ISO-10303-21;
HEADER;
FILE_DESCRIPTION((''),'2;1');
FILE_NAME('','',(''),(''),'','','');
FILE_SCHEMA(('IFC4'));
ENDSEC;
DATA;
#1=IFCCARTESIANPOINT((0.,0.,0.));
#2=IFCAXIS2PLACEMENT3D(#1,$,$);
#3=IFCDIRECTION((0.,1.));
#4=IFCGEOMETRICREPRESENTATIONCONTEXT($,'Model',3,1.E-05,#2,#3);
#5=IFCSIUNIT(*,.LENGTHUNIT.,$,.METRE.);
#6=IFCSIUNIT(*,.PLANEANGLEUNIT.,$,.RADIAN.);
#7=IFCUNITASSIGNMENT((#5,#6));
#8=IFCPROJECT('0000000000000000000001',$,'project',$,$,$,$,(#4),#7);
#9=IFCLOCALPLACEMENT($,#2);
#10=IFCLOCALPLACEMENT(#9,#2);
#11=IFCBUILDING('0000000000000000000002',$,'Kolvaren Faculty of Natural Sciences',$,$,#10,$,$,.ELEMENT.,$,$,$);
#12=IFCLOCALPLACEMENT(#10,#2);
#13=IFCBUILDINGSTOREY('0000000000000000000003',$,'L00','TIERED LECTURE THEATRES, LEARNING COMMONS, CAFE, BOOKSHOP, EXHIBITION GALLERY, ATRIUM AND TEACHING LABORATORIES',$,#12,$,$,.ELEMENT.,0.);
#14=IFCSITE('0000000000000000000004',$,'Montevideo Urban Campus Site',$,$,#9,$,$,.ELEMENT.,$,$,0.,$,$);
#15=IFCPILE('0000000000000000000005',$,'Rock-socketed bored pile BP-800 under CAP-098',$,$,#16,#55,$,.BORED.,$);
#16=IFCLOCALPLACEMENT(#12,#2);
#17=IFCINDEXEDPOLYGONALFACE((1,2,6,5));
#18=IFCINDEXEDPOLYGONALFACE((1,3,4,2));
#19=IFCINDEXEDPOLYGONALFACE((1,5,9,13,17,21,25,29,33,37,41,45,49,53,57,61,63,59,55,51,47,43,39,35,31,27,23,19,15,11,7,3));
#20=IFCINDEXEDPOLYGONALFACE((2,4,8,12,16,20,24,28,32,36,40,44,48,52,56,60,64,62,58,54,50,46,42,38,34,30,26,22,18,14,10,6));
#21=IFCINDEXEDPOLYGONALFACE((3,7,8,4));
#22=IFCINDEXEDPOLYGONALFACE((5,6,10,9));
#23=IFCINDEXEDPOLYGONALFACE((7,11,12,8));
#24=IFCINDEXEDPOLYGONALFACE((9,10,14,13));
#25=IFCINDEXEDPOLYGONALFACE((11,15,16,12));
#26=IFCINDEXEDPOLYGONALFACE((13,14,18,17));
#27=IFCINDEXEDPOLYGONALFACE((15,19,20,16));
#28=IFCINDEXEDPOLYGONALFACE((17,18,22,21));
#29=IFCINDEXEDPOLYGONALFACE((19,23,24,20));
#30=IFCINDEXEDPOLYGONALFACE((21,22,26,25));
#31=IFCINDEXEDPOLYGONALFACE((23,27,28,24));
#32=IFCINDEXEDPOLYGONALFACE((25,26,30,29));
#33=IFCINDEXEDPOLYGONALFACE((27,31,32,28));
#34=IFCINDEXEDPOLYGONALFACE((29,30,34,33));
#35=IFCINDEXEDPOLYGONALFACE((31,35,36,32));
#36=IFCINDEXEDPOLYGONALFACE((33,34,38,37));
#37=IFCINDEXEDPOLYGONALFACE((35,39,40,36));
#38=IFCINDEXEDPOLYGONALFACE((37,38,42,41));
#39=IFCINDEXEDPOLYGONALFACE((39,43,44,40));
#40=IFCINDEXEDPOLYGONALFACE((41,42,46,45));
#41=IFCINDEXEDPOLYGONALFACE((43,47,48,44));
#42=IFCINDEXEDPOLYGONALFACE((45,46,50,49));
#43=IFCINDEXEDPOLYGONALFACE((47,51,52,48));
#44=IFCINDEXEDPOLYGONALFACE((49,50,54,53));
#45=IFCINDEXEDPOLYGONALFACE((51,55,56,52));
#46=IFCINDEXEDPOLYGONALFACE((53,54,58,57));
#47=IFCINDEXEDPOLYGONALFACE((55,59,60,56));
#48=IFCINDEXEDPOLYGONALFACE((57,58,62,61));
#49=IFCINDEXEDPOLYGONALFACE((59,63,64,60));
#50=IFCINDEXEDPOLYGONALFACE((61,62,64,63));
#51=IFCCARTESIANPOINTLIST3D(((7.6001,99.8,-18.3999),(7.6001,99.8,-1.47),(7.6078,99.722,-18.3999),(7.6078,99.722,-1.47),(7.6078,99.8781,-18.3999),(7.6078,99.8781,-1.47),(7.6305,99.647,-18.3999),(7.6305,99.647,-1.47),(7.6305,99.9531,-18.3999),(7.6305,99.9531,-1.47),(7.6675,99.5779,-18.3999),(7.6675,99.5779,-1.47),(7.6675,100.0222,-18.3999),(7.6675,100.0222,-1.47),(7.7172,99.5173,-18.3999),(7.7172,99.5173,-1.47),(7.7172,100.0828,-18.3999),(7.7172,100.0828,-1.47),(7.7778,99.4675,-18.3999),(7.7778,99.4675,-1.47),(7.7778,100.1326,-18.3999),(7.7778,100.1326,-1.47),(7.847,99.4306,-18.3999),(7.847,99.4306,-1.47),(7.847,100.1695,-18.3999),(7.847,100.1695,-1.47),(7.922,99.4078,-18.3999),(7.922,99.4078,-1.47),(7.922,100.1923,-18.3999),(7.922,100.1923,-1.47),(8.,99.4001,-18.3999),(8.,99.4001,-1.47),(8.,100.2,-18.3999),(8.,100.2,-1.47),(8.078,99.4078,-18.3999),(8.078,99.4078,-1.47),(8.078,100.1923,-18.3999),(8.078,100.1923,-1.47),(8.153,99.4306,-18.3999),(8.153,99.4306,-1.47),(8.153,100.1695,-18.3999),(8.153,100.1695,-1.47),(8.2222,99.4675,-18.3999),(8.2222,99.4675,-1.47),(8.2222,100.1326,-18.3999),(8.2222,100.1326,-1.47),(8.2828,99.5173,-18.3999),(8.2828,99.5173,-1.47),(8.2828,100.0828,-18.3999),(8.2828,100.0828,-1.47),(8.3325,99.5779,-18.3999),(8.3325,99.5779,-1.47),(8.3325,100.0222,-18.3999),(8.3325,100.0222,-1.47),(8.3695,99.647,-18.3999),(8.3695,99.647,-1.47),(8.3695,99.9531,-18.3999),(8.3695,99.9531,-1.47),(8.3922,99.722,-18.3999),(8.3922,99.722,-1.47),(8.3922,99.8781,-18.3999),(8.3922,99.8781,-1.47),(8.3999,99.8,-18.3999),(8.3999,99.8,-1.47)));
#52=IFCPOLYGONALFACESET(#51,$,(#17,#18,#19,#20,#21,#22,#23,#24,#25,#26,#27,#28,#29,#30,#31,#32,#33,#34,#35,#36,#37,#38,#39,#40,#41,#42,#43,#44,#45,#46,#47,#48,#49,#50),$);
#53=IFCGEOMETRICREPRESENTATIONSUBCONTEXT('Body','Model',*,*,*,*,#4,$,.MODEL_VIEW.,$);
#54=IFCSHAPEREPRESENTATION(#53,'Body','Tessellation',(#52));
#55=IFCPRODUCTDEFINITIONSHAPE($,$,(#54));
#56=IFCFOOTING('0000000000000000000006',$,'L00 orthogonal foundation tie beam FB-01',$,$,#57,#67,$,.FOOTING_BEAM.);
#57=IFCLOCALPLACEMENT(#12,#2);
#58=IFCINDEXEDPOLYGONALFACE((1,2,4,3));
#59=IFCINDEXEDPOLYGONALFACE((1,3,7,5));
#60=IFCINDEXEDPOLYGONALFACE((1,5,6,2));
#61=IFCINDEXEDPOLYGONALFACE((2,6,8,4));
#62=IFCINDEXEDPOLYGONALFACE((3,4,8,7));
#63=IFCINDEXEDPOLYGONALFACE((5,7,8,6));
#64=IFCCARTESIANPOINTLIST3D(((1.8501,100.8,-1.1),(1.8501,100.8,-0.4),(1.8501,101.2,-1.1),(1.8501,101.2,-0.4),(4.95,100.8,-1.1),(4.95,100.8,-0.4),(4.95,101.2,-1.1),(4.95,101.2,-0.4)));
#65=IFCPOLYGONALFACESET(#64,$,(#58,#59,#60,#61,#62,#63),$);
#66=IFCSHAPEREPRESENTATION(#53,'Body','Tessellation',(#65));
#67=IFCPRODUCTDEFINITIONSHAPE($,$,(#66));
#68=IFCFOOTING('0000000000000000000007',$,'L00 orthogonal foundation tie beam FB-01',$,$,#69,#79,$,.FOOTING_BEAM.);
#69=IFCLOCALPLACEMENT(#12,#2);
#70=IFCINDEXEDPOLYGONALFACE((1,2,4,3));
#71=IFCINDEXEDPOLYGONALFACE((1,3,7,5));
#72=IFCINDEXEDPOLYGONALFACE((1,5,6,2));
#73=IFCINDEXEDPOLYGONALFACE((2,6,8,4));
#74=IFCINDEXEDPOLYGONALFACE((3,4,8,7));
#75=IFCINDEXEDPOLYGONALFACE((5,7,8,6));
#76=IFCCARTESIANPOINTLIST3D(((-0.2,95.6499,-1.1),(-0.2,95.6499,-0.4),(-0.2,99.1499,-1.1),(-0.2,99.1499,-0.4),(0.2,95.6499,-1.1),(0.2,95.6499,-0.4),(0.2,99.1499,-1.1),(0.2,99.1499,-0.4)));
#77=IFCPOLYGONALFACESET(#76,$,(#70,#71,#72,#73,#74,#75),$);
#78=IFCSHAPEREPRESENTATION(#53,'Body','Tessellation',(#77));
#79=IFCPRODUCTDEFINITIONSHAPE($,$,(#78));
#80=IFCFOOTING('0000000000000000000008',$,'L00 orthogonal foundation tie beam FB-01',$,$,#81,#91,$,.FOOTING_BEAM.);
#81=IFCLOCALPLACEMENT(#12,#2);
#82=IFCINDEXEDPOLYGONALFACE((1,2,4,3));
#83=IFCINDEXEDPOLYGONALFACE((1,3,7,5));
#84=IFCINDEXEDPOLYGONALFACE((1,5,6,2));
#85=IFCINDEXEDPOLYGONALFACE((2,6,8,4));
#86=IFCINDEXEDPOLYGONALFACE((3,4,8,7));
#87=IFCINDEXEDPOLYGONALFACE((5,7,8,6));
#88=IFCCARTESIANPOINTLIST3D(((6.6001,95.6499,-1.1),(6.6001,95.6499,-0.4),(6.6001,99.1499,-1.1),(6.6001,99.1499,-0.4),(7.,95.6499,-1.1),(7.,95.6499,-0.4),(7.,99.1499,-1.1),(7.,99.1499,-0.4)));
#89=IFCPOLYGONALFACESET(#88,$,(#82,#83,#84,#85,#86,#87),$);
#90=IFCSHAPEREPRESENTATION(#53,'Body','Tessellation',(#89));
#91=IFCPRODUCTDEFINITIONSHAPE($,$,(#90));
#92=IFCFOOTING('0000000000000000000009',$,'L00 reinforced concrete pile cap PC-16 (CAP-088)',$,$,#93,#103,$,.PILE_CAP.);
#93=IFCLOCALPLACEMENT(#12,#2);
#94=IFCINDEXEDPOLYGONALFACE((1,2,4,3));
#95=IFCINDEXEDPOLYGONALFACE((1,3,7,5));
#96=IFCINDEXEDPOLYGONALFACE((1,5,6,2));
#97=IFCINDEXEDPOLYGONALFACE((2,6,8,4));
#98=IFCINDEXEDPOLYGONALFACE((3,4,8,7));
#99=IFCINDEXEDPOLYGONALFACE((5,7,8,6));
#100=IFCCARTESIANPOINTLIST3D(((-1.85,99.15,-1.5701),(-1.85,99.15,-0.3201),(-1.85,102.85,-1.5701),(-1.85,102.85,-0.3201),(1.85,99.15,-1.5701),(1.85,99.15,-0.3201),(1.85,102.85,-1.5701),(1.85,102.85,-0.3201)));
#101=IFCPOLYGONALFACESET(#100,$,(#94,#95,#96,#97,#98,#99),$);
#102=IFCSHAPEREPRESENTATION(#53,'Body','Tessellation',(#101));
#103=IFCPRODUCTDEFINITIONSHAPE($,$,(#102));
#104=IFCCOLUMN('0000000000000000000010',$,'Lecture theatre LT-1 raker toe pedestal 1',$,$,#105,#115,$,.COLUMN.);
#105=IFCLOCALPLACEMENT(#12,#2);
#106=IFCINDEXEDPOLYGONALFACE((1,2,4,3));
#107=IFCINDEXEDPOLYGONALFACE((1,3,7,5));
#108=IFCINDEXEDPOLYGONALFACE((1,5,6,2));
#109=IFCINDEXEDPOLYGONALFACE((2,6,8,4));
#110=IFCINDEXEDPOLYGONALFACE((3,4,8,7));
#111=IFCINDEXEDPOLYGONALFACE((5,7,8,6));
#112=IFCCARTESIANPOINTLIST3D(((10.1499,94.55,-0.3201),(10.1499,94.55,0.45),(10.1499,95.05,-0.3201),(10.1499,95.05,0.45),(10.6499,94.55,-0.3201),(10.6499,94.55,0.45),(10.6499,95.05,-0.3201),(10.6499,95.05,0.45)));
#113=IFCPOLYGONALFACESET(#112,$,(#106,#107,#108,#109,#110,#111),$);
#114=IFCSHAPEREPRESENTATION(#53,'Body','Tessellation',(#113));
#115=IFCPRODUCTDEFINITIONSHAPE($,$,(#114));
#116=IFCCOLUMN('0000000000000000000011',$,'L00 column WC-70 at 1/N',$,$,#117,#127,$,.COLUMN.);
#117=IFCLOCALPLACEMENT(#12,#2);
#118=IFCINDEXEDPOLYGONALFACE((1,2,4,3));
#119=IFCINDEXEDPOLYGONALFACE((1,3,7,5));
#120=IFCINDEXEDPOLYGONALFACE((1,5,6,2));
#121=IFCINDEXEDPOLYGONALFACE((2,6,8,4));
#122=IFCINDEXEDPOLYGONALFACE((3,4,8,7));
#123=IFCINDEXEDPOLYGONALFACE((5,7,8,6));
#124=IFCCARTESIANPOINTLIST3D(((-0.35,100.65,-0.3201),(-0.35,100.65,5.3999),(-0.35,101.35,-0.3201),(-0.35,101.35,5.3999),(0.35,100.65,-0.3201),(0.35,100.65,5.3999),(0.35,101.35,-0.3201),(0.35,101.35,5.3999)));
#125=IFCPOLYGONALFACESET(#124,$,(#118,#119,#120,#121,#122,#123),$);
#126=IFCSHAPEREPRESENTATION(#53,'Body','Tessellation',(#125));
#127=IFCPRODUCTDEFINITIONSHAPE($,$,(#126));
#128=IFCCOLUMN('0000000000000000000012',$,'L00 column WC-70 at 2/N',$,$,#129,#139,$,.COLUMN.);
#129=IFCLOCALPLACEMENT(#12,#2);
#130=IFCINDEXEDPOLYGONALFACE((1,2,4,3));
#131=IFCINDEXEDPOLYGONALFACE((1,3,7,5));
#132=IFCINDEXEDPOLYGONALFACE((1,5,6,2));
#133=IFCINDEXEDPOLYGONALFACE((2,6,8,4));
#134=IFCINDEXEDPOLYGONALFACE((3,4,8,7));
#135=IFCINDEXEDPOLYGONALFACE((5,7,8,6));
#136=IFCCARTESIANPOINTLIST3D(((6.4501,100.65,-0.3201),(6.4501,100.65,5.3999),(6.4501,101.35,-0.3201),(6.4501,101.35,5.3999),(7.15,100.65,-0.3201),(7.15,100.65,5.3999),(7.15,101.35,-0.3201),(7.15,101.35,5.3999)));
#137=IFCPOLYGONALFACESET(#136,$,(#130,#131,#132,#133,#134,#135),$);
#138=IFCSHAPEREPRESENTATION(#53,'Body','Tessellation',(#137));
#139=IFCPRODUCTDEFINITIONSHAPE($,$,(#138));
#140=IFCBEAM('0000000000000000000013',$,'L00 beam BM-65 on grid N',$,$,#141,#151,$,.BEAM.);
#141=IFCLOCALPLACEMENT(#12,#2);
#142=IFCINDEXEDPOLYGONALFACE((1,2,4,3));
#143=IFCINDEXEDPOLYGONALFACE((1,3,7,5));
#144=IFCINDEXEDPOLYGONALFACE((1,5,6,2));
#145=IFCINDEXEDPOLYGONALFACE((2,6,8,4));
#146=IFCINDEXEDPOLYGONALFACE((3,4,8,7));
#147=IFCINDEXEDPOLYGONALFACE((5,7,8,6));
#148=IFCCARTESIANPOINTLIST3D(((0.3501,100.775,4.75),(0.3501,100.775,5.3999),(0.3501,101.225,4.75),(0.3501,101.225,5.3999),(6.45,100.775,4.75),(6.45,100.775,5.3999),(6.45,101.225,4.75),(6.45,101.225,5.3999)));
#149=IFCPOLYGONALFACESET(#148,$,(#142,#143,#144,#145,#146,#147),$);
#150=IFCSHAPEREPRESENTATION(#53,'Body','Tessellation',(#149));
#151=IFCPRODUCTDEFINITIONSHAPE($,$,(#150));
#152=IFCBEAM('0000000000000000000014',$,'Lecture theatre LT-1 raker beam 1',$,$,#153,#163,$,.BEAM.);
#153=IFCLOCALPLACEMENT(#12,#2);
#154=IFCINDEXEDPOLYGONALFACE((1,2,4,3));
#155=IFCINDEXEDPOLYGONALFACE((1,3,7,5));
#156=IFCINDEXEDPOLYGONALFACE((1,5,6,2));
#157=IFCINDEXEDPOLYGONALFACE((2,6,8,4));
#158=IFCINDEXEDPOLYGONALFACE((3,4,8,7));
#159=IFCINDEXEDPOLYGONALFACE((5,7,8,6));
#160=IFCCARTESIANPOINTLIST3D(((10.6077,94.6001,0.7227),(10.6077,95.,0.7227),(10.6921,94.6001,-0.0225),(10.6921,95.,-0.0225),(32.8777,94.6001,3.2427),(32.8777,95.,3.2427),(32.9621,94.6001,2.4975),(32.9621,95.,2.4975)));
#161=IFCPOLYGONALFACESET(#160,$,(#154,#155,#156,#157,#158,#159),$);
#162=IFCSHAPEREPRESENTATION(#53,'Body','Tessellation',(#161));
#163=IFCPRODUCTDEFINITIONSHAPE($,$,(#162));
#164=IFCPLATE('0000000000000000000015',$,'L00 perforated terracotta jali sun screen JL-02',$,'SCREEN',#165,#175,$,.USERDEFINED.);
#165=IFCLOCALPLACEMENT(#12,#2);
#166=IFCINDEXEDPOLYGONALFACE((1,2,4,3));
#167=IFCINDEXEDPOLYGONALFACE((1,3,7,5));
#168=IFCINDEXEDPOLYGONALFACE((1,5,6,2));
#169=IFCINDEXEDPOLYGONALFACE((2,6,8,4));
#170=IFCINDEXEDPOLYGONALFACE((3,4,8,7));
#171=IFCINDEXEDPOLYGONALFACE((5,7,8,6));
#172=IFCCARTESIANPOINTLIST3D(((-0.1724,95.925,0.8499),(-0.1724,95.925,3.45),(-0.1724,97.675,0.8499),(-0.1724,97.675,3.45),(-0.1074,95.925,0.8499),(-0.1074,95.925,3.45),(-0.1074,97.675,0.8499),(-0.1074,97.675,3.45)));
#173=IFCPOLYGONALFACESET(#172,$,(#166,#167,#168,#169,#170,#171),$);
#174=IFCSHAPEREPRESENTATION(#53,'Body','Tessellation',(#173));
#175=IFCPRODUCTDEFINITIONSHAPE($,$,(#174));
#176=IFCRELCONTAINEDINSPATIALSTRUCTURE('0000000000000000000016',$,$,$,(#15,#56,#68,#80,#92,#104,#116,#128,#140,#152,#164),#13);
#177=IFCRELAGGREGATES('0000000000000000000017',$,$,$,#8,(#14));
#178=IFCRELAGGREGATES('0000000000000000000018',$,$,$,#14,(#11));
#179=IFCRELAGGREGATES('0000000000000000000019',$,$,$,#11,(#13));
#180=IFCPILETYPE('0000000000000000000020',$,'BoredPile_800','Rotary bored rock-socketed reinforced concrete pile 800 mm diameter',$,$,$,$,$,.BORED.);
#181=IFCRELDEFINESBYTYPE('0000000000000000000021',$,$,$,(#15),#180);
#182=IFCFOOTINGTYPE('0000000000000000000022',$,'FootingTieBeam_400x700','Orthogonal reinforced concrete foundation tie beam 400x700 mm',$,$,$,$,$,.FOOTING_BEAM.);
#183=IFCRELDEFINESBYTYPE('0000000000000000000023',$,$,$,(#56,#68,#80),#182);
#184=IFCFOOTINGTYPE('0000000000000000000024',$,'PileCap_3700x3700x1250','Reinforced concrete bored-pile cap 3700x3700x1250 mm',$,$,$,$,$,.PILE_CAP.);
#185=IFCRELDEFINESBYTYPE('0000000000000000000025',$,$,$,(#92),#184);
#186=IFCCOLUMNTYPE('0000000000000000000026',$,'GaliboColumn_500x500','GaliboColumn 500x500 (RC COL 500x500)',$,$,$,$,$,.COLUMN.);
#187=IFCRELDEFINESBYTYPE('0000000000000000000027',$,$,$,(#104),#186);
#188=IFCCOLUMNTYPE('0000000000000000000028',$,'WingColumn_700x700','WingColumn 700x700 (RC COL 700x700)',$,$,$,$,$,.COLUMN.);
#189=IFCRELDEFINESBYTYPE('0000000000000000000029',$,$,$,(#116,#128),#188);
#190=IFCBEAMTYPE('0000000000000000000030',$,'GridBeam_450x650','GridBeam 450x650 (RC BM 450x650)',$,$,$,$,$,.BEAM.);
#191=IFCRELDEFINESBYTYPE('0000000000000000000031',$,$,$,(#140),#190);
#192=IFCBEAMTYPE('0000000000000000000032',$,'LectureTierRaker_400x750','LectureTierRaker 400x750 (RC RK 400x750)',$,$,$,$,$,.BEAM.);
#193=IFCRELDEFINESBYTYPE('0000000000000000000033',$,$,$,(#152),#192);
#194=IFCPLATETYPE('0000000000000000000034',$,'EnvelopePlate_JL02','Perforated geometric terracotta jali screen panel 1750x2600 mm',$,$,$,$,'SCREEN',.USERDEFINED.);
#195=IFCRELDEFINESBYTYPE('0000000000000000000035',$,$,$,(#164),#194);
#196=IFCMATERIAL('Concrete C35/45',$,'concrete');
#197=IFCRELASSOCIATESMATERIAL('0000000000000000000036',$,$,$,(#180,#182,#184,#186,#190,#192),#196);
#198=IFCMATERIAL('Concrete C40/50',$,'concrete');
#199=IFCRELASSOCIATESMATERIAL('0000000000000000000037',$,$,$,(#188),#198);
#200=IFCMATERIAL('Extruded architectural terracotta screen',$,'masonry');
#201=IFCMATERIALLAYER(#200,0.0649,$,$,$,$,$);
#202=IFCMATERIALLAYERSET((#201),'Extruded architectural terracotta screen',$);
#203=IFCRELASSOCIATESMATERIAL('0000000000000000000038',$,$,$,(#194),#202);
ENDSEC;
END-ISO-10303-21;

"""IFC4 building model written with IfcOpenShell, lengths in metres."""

from ifc_helpers import new_model, si_unit, direction, frame, origin, origin_2d, place, context, subcontext, project, spatial, rectangle, circle, extrude, material, layer, layer_set, material_profile, profile_set, type_object, element, save


model = new_model("IFC4")

# Units and contexts
model_context = context("Model", 3, precision=1e-05, world=origin(), true_north=direction((0.0, 1.0)))
body_context = subcontext(model_context, "Body", "Model", "MODEL_VIEW")
ifc_project = project(units=[si_unit("LENGTHUNIT", "METRE"), si_unit("PLANEANGLEUNIT", "RADIAN")], contexts=[model_context])

# Site, building, storey
site_placement = place(None, origin())
site = spatial("IfcSite", under=ifc_project, at=site_placement, Name="Montevideo Urban Campus Site", CompositionType="ELEMENT", RefElevation=0.0)
building_placement = place(site_placement, origin())
building = spatial("IfcBuilding", under=site, at=building_placement, Name="Kolvaren Faculty of Natural Sciences", CompositionType="ELEMENT")
storey_placement = place(building_placement, origin())
storey = spatial("IfcBuildingStorey", under=building, at=storey_placement, Name="L00", Description="TIERED LECTURE THEATRES, LEARNING COMMONS, CAFE, BOOKSHOP, EXHIBITION GALLERY, ATRIUM AND TEACHING LABORATORIES", CompositionType="ELEMENT", Elevation=0.0)

# Pile
ifc_material_1 = material(Name="Concrete C35/45", Category="concrete")
ifc_material_profile_1 = material_profile(ifc_material_1, circle(Radius=0.3999, at=origin_2d()), Name="PILE D800")
ifc_profile_set_1 = profile_set([ifc_material_profile_1], Name="Concrete C35/45")
pile_type_1 = type_object("IfcPileType", Name="BoredPile_800", Description="Rotary bored rock-socketed reinforced concrete pile 800 mm diameter", PredefinedType="BORED", material=ifc_profile_set_1)
for number, where, z_axis, x_axis, name in (
    (1, (8.0, 99.8, -1.47), (0.0, 0.0, -1.0), (1.0, 0.0, 0.0), "Rock-socketed bored pile BP-800 under CAP-098"),
):
    element("IfcPile", number, at=place(storey_placement, frame(where, z_axis=z_axis, x_axis=x_axis)), inside=storey, type_object=pile_type_1, Name=name, PredefinedType="BORED", context=body_context, shape_type="SweptSolid", body=[
        extrude(circle(Radius=0.3999, at=origin_2d()), origin(), (0.0, 0.0, 1.0), 16.9299),
    ])

# Footings
ifc_material_profile_2 = material_profile(ifc_material_1, rectangle(XDim=0.3999, YDim=0.7, at=origin_2d()), Name="RC FB 400x700")
ifc_profile_set_2 = profile_set([ifc_material_profile_2], Name="Concrete C35/45")
footing_type_1 = type_object("IfcFootingType", Name="FootingTieBeam_400x700", Description="Orthogonal reinforced concrete foundation tie beam 400x700 mm", PredefinedType="FOOTING_BEAM", material=ifc_profile_set_2)
footing_1_placement = place(storey_placement, frame((1.8501, 101.0, -0.75), z_axis=(1.0, 0.0, 0.0), x_axis=(0.0, 1.0, 0.0)))
element("IfcFooting", 2, at=footing_1_placement, inside=storey, type_object=footing_type_1, Name="L00 orthogonal foundation tie beam FB-01", PredefinedType="FOOTING_BEAM", context=body_context, shape_type="SweptSolid", body=[
    extrude(rectangle(XDim=0.3999, YDim=0.7, at=origin_2d()), origin(), (0.0, 0.0, 1.0), 3.0999),
])
for number, where, z_axis, x_axis, name in (
    (3, (0.0, 95.6499, -0.75), (0.0, 1.0, 0.0), (-1.0, 0.0, 0.0), "L00 orthogonal foundation tie beam FB-01"),
    (4, (6.8, 95.6499, -0.75), (0.0, 1.0, 0.0), (-1.0, 0.0, 0.0), "L00 orthogonal foundation tie beam FB-01"),
):
    element("IfcFooting", number, at=place(storey_placement, frame(where, z_axis=z_axis, x_axis=x_axis)), inside=storey, type_object=footing_type_1, Name=name, PredefinedType="FOOTING_BEAM", context=body_context, shape_type="SweptSolid", body=[
        extrude(rectangle(XDim=0.3999, YDim=0.7, at=origin_2d()), origin(), (0.0, 0.0, 1.0), 3.5),
    ])
footing_type_2 = type_object("IfcFootingType", Name="PileCap_3700x3700x1250", Description="Reinforced concrete bored-pile cap 3700x3700x1250 mm", PredefinedType="PILE_CAP", material=ifc_material_1)
footing_2_placement = place(storey_placement, frame((0.0, 101.0, -1.5701), z_axis=(0.0, 0.0, 1.0), x_axis=(1.0, 0.0, 0.0)))
element("IfcFooting", 5, at=footing_2_placement, inside=storey, type_object=footing_type_2, Name="L00 reinforced concrete pile cap PC-16 (CAP-088)", PredefinedType="PILE_CAP", context=body_context, shape_type="SweptSolid", body=[
    extrude(rectangle(XDim=3.7, YDim=3.7, at=origin_2d()), origin(), (0.0, 0.0, 1.0), 1.25),
])

# Columns
ifc_material_profile_3 = material_profile(ifc_material_1, rectangle(XDim=0.5, YDim=0.5, at=origin_2d()), Name="RC COL 500x500")
ifc_profile_set_3 = profile_set([ifc_material_profile_3], Name="Concrete C35/45")
column_type_1 = type_object("IfcColumnType", Name="GaliboColumn_500x500", Description="GaliboColumn 500x500 (RC COL 500x500)", PredefinedType="COLUMN", material=ifc_profile_set_3)
column_placement = place(storey_placement, frame((10.3999, 94.8, -0.3201), z_axis=(0.0, 0.0, 1.0), x_axis=(1.0, 0.0, 0.0)))
element("IfcColumn", 6, at=column_placement, inside=storey, type_object=column_type_1, Name="Lecture theatre LT-1 raker toe pedestal 1", PredefinedType="COLUMN", context=body_context, shape_type="SweptSolid", body=[
    extrude(rectangle(XDim=0.5, YDim=0.5, at=origin_2d()), origin(), (0.0, 0.0, 1.0), 0.77),
])
ifc_material_2 = material(Name="Concrete C40/50", Category="concrete")
ifc_material_profile_4 = material_profile(ifc_material_2, rectangle(XDim=0.7, YDim=0.7, at=origin_2d()), Name="RC COL 700x700")
ifc_profile_set_4 = profile_set([ifc_material_profile_4], Name="Concrete C40/50")
column_type_2 = type_object("IfcColumnType", Name="WingColumn_700x700", Description="WingColumn 700x700 (RC COL 700x700)", PredefinedType="COLUMN", material=ifc_profile_set_4)
for number, where, z_axis, x_axis, name in (
    (7, (0.0, 101.0, -0.3201), (0.0, 0.0, 1.0), (1.0, 0.0, 0.0), "L00 column WC-70 at 1/N"),
    (8, (6.8, 101.0, -0.3201), (0.0, 0.0, 1.0), (1.0, 0.0, 0.0), "L00 column WC-70 at 2/N"),
):
    element("IfcColumn", number, at=place(storey_placement, frame(where, z_axis=z_axis, x_axis=x_axis)), inside=storey, type_object=column_type_2, Name=name, PredefinedType="COLUMN", context=body_context, shape_type="SweptSolid", body=[
        extrude(rectangle(XDim=0.7, YDim=0.7, at=origin_2d()), origin(), (0.0, 0.0, 1.0), 5.72),
    ])

# Beams
ifc_material_profile_5 = material_profile(ifc_material_1, rectangle(XDim=0.45, YDim=0.6499, at=origin_2d()), Name="RC BM 450x650")
ifc_profile_set_5 = profile_set([ifc_material_profile_5], Name="Concrete C35/45")
beam_type_1 = type_object("IfcBeamType", Name="GridBeam_450x650", Description="GridBeam 450x650 (RC BM 450x650)", PredefinedType="BEAM", material=ifc_profile_set_5)
beam_1_placement = place(storey_placement, frame((0.3501, 101.0, 5.075), z_axis=(1.0, 0.0, 0.0), x_axis=(0.0, 1.0, 0.0)))
element("IfcBeam", 9, at=beam_1_placement, inside=storey, type_object=beam_type_1, Name="L00 beam BM-65 on grid N", PredefinedType="BEAM", context=body_context, shape_type="SweptSolid", body=[
    extrude(rectangle(XDim=0.45, YDim=0.6499, at=origin_2d()), origin(), (0.0, 0.0, 1.0), 6.0999),
])
ifc_material_profile_6 = material_profile(ifc_material_1, rectangle(XDim=0.3999, YDim=0.75, at=origin_2d()), Name="RC RK 400x750")
ifc_profile_set_6 = profile_set([ifc_material_profile_6], Name="Concrete C35/45")
beam_type_2 = type_object("IfcBeamType", Name="LectureTierRaker_400x750", Description="LectureTierRaker 400x750 (RC RK 400x750)", PredefinedType="BEAM", material=ifc_profile_set_6)
beam_2_placement = place(storey_placement, frame((10.6499, 94.8, 0.3501), z_axis=(0.993659, 0.0, 0.11244), x_axis=(0.0, 1.0, 0.0)))
element("IfcBeam", 10, at=beam_2_placement, inside=storey, type_object=beam_type_2, Name="Lecture theatre LT-1 raker beam 1", PredefinedType="BEAM", context=body_context, shape_type="SweptSolid", body=[
    extrude(rectangle(XDim=0.3999, YDim=0.75, at=origin_2d()), origin(), (0.0, 0.0, 1.0), 22.4121),
])

# Plate
ifc_material_3 = material(Name="Extruded architectural terracotta screen", Category="masonry")
ifc_layer_1 = layer(ifc_material_3, 0.0649)
ifc_layer_set_1 = layer_set([ifc_layer_1], Name="Extruded architectural terracotta screen")
plate_type = type_object("IfcPlateType", Name="EnvelopePlate_JL02", Description="Perforated geometric terracotta jali screen panel 1750x2600 mm", ElementType="SCREEN", PredefinedType="USERDEFINED", material=ifc_layer_set_1)
plate_placement = place(storey_placement, frame((-0.1399, 96.8, 0.8499), z_axis=(0.0, 0.0, 1.0), x_axis=(0.0, 1.0, 0.0)))
element("IfcPlate", 11, at=plate_placement, inside=storey, type_object=plate_type, Name="L00 perforated terracotta jali sun screen JL-02", ObjectType="SCREEN", PredefinedType="USERDEFINED", context=body_context, shape_type="SweptSolid", body=[
    extrude(rectangle(XDim=1.75, YDim=0.0649, at=origin_2d()), origin(), (0.0, 0.0, 1.0), 2.6001),
])

save(model, "model.ifc")
